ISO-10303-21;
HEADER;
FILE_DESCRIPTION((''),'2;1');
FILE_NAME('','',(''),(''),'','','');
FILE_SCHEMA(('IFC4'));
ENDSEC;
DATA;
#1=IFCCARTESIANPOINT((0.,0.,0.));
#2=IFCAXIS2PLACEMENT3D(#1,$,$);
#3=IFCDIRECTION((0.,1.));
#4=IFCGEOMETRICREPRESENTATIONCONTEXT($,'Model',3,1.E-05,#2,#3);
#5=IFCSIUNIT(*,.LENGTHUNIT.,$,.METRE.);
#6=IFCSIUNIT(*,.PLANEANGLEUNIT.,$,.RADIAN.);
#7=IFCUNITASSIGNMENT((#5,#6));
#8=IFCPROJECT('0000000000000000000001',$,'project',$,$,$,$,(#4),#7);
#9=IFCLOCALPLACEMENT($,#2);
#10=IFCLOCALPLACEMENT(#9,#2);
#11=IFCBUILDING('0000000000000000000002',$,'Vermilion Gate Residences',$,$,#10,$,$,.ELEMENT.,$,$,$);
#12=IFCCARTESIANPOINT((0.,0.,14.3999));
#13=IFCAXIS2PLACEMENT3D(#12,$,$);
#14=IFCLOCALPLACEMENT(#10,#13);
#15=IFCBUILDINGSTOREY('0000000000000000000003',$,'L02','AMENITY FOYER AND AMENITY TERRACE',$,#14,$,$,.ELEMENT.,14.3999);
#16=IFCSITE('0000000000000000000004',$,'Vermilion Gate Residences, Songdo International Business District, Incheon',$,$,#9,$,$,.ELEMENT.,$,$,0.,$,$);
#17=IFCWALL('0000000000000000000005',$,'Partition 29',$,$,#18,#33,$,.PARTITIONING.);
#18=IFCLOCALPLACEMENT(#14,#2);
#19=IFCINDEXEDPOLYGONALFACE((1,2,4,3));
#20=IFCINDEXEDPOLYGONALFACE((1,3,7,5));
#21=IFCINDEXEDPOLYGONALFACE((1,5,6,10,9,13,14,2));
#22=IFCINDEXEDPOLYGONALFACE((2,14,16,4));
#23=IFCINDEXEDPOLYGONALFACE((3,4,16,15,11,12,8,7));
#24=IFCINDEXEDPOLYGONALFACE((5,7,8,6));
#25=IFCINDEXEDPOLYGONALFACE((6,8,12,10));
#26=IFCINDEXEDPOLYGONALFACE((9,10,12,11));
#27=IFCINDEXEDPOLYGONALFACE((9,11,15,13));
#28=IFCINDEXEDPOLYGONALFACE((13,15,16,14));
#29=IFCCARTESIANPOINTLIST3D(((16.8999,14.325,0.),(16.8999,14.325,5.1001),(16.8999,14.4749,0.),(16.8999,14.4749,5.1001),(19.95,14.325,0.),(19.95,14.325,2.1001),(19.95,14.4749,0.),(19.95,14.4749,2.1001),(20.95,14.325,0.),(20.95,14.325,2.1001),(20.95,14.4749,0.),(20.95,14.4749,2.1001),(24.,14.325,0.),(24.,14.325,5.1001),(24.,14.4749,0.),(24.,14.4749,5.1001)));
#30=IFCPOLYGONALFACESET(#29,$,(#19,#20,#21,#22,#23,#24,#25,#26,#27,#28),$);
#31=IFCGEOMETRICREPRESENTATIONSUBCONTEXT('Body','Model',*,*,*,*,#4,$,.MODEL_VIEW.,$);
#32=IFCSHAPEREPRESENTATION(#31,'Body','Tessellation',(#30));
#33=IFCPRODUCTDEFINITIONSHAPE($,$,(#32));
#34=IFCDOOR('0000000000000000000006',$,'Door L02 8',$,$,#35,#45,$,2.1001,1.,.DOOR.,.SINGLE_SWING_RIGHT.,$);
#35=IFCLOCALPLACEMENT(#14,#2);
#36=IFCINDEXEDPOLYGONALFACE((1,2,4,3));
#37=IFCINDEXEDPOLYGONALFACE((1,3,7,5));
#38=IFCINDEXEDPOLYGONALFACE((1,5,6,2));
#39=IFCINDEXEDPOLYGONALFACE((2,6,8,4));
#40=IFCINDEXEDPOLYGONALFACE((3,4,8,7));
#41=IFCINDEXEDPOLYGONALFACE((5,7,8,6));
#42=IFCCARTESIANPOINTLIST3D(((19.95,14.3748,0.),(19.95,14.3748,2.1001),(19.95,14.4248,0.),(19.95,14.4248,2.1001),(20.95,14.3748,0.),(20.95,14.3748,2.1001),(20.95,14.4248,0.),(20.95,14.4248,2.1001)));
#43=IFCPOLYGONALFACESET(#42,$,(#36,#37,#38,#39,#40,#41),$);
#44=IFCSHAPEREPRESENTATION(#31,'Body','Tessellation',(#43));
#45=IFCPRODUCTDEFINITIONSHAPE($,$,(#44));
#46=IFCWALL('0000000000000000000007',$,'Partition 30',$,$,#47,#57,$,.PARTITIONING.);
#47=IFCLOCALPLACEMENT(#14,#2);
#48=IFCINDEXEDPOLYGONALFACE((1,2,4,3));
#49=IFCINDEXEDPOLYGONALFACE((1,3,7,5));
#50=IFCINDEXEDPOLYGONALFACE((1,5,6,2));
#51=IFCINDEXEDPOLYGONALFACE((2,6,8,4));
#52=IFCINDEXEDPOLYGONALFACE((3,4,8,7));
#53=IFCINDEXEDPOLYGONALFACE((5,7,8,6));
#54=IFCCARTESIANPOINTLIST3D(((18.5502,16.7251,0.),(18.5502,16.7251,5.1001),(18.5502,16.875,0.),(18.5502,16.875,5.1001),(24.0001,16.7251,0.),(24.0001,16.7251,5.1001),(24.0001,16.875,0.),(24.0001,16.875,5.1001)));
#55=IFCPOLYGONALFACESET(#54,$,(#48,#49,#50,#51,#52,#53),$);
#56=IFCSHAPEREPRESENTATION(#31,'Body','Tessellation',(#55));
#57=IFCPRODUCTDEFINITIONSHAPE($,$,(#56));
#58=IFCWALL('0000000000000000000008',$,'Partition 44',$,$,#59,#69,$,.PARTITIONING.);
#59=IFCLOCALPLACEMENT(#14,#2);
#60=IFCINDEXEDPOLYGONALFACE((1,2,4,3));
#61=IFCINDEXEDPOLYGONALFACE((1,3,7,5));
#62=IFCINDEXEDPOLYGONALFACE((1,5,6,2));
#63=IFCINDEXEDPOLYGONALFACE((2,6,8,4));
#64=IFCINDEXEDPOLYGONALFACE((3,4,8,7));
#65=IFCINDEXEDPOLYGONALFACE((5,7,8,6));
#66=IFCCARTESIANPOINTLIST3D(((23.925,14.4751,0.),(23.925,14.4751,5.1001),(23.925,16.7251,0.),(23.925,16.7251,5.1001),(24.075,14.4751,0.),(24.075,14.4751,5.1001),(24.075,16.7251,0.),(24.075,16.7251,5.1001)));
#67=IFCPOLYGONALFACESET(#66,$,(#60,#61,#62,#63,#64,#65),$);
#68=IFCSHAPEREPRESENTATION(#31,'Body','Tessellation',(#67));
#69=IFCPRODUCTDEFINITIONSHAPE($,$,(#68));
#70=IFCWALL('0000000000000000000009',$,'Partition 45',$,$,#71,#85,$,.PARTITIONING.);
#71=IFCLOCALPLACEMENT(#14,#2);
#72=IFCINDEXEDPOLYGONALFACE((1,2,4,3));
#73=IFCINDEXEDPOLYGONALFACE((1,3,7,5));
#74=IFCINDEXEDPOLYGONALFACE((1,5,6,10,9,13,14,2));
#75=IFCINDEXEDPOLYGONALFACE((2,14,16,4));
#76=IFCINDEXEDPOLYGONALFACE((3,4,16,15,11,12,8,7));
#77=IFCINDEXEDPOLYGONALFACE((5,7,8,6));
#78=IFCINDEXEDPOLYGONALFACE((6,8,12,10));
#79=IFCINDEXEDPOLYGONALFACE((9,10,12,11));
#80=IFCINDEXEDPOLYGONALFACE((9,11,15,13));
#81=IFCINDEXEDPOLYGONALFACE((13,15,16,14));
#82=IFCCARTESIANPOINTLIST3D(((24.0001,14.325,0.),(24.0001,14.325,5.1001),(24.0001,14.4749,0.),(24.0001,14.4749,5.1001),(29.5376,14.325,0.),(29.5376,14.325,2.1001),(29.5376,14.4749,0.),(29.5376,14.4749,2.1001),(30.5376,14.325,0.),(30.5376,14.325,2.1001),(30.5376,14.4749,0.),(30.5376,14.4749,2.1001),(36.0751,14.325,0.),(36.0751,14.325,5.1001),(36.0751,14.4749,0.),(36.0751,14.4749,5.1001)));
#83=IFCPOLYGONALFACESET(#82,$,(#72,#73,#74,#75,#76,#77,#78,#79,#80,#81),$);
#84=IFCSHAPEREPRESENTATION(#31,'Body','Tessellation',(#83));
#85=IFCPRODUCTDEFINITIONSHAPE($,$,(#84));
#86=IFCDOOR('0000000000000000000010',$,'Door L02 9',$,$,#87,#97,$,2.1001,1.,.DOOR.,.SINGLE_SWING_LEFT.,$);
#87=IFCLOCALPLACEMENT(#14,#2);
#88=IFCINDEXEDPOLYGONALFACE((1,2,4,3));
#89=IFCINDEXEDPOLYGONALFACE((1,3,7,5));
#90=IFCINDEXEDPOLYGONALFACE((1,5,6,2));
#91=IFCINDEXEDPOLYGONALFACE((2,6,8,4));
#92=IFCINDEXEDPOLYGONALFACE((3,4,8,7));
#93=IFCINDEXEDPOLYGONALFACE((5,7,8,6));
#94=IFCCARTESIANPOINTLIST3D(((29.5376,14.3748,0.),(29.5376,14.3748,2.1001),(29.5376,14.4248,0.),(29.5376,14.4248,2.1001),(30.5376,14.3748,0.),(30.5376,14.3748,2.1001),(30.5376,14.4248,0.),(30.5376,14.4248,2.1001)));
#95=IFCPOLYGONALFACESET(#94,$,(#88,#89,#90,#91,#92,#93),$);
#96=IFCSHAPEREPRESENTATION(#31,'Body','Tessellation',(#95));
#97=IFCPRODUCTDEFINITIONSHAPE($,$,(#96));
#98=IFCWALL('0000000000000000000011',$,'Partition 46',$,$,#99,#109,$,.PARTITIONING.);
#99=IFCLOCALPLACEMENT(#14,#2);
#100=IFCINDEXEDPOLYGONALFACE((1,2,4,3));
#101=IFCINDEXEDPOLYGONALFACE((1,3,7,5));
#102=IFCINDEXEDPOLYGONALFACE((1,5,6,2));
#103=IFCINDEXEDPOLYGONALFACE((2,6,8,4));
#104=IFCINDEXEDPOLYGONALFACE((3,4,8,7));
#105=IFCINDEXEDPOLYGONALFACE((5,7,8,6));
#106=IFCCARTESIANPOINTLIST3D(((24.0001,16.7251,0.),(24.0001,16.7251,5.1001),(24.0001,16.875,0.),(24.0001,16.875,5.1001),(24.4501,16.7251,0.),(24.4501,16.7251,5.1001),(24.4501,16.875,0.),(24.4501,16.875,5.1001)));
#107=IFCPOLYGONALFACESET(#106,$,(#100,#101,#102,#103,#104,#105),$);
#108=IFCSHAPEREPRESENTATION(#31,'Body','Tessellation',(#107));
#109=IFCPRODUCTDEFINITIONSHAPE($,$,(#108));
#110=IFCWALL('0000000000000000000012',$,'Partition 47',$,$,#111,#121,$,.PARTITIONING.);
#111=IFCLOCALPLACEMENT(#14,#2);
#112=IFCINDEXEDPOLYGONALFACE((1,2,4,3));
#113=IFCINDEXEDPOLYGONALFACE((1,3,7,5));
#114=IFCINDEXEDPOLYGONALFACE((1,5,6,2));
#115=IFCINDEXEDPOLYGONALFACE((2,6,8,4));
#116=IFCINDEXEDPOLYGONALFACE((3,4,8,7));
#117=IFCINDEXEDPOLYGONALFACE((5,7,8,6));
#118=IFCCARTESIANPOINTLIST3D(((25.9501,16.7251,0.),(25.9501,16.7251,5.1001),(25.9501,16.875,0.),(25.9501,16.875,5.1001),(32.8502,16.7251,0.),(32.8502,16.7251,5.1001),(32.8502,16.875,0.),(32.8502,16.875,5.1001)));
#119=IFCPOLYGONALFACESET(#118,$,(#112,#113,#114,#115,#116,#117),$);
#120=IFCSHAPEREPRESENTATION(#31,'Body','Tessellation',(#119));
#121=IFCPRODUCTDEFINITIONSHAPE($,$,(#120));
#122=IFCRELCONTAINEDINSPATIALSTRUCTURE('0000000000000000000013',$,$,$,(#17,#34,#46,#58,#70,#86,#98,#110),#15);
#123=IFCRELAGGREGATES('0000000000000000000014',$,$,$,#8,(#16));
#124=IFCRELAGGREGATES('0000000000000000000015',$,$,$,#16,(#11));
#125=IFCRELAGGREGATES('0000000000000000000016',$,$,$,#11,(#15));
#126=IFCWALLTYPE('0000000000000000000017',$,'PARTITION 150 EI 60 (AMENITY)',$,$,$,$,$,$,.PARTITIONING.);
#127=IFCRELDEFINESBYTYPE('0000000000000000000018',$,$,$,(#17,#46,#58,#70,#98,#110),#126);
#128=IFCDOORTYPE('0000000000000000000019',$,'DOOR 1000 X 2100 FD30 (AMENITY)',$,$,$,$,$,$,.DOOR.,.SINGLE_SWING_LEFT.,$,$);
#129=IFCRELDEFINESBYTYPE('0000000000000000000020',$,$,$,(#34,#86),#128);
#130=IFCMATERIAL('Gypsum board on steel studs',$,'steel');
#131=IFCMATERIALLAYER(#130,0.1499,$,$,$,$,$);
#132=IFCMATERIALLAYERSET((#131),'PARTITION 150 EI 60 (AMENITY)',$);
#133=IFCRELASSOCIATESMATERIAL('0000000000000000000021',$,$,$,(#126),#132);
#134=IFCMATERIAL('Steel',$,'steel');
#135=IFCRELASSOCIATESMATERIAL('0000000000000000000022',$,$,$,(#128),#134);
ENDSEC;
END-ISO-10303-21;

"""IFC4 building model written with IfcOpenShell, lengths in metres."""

from ifc_helpers import new_model, si_unit, direction, frame, frame_2d, origin, place, context, subcontext, project, spatial, rectangle, extrude, material, layer, layer_set, type_object, element, fill, save


model = new_model("IFC4")

# Units and contexts
model_context = context("Model", 3, precision=1e-05, world=origin(), true_north=direction((0.0, 1.0)))
body_context = subcontext(model_context, "Body", "Model", "MODEL_VIEW")
ifc_project = project(units=[si_unit("LENGTHUNIT", "METRE"), si_unit("PLANEANGLEUNIT", "RADIAN")], contexts=[model_context])

# Site, building, storey
site_placement = place(None, origin())
site = spatial("IfcSite", under=ifc_project, at=site_placement, Name="Vermilion Gate Residences, Songdo International Business District, Incheon", CompositionType="ELEMENT", RefElevation=0.0)
building_placement = place(site_placement, origin())
building = spatial("IfcBuilding", under=site, at=building_placement, Name="Vermilion Gate Residences", CompositionType="ELEMENT")
storey_placement = place(building_placement, frame((0.0, 0.0, 14.3999)))
storey = spatial("IfcBuildingStorey", under=building, at=storey_placement, Name="L02", Description="AMENITY FOYER AND AMENITY TERRACE", CompositionType="ELEMENT", Elevation=14.3999)

# Shared definitions
ifc_material_1 = material(Name="Gypsum board on steel studs", Category="steel")
ifc_layer_1 = layer(ifc_material_1, 0.1499)
ifc_layer_set_1 = layer_set([ifc_layer_1], Name="PARTITION 150 EI 60 (AMENITY)")
wall_type_1 = type_object("IfcWallType", Name="PARTITION 150 EI 60 (AMENITY)", PredefinedType="PARTITIONING", material=ifc_layer_set_1)

# Wall, opening, door
wall_1_placement = place(storey_placement, frame((16.8999, 14.3999, 0.0), z_axis=(0.0, 0.0, 1.0), x_axis=(1.0, 0.0, 0.0)))
wall_1 = element("IfcWall", 1, at=wall_1_placement, inside=storey, type_object=wall_type_1, Name="Partition 29", PredefinedType="PARTITIONING", context=body_context, shape_type="SweptSolid", body=[
    extrude(rectangle(XDim=7.1001, YDim=0.1499, at=frame_2d((3.55, 0.0))), origin(), (0.0, 0.0, 1.0), 5.1001),
])
opening_1_placement = place(wall_1_placement, frame((3.05, 0.0, 0.0)))
opening_1 = element("IfcOpeningElement", 2, at=opening_1_placement, cuts=wall_1, PredefinedType="OPENING", context=body_context, shape_type="SweptSolid", body=[
    extrude(rectangle(XDim=1.0, YDim=2.1001, at=frame_2d((0.5, 1.05))), frame((0.0, 0.085, 0.0), z_axis=(0.0, -1.0, 0.0), x_axis=(1.0, 0.0, 0.0)), (0.0, 0.0, 1.0), 0.1699),
])
ifc_material_2 = material(Name="Steel", Category="steel")
door_type = type_object("IfcDoorType", Name="DOOR 1000 X 2100 FD30 (AMENITY)", OperationType="SINGLE_SWING_LEFT", PredefinedType="DOOR", material=ifc_material_2)
door_1_placement = place(opening_1_placement, origin())
door_1 = element("IfcDoor", 3, at=door_1_placement, inside=storey, type_object=door_type, Name="Door L02 8", OperationType="SINGLE_SWING_RIGHT", OverallHeight=2.1001, OverallWidth=1.0, PredefinedType="DOOR", context=body_context, shape_type="SweptSolid", body=[
    extrude(rectangle(XDim=1.0, YDim=2.1001, at=frame_2d((0.5, 1.05))), frame((0.0, 0.0249, 0.0), z_axis=(0.0, -1.0, 0.0), x_axis=(1.0, 0.0, 0.0)), (0.0, 0.0, 1.0), 0.05),
])
fill(opening_1, door_1)

# Walls
wall_2_placement = place(storey_placement, frame((18.55, 16.8, 0.0), z_axis=(0.0, 0.0, 1.0), x_axis=(1.0, 0.0, 0.0)))
element("IfcWall", 4, at=wall_2_placement, inside=storey, type_object=wall_type_1, Name="Partition 30", PredefinedType="PARTITIONING", context=body_context, shape_type="SweptSolid", body=[
    extrude(rectangle(XDim=5.45, YDim=0.1499, at=frame_2d((2.7251, 0.0))), origin(), (0.0, 0.0, 1.0), 5.1001),
])
wall_3_placement = place(storey_placement, frame((24.0, 14.4751, 0.0), z_axis=(0.0, 0.0, 1.0), x_axis=(0.0, 1.0, 0.0)))
element("IfcWall", 5, at=wall_3_placement, inside=storey, type_object=wall_type_1, Name="Partition 44", PredefinedType="PARTITIONING", context=body_context, shape_type="SweptSolid", body=[
    extrude(rectangle(XDim=2.25, YDim=0.1499, at=frame_2d((1.125, 0.0))), origin(), (0.0, 0.0, 1.0), 5.1001),
])

# Wall, opening, door
wall_4_placement = place(storey_placement, frame((24.0, 14.3999, 0.0), z_axis=(0.0, 0.0, 1.0), x_axis=(1.0, 0.0, 0.0)))
wall_4 = element("IfcWall", 6, at=wall_4_placement, inside=storey, type_object=wall_type_1, Name="Partition 45", PredefinedType="PARTITIONING", context=body_context, shape_type="SweptSolid", body=[
    extrude(rectangle(XDim=12.075, YDim=0.1499, at=frame_2d((6.0376, 0.0))), origin(), (0.0, 0.0, 1.0), 5.1001),
])
opening_2_placement = place(wall_4_placement, frame((5.5376, 0.0, 0.0)))
opening_2 = element("IfcOpeningElement", 7, at=opening_2_placement, cuts=wall_4, PredefinedType="OPENING", context=body_context, shape_type="SweptSolid", body=[
    extrude(rectangle(XDim=1.0, YDim=2.1001, at=frame_2d((0.5, 1.05))), frame((0.0, 0.085, 0.0), z_axis=(0.0, -1.0, 0.0), x_axis=(1.0, 0.0, 0.0)), (0.0, 0.0, 1.0), 0.1699),
])
door_2_placement = place(opening_2_placement, origin())
door_2 = element("IfcDoor", 8, at=door_2_placement, inside=storey, type_object=door_type, Name="Door L02 9", OperationType="SINGLE_SWING_LEFT", OverallHeight=2.1001, OverallWidth=1.0, PredefinedType="DOOR", context=body_context, shape_type="SweptSolid", body=[
    extrude(rectangle(XDim=1.0, YDim=2.1001, at=frame_2d((0.5, 1.05))), frame((0.0, 0.0249, 0.0), z_axis=(0.0, -1.0, 0.0), x_axis=(1.0, 0.0, 0.0)), (0.0, 0.0, 1.0), 0.05),
])
fill(opening_2, door_2)

# Walls
wall_5_placement = place(storey_placement, frame((24.0, 16.8, 0.0), z_axis=(0.0, 0.0, 1.0), x_axis=(1.0, 0.0, 0.0)))
element("IfcWall", 9, at=wall_5_placement, inside=storey, type_object=wall_type_1, Name="Partition 46", PredefinedType="PARTITIONING", context=body_context, shape_type="SweptSolid", body=[
    extrude(rectangle(XDim=0.45, YDim=0.1499, at=frame_2d((0.2251, 0.0))), origin(), (0.0, 0.0, 1.0), 5.1001),
])
wall_6_placement = place(storey_placement, frame((25.95, 16.8, 0.0), z_axis=(0.0, 0.0, 1.0), x_axis=(1.0, 0.0, 0.0)))
element("IfcWall", 10, at=wall_6_placement, inside=storey, type_object=wall_type_1, Name="Partition 47", PredefinedType="PARTITIONING", context=body_context, shape_type="SweptSolid", body=[
    extrude(rectangle(XDim=6.9001, YDim=0.1499, at=frame_2d((3.4502, 0.0))), origin(), (0.0, 0.0, 1.0), 5.1001),
])

save(model, "model.ifc")
